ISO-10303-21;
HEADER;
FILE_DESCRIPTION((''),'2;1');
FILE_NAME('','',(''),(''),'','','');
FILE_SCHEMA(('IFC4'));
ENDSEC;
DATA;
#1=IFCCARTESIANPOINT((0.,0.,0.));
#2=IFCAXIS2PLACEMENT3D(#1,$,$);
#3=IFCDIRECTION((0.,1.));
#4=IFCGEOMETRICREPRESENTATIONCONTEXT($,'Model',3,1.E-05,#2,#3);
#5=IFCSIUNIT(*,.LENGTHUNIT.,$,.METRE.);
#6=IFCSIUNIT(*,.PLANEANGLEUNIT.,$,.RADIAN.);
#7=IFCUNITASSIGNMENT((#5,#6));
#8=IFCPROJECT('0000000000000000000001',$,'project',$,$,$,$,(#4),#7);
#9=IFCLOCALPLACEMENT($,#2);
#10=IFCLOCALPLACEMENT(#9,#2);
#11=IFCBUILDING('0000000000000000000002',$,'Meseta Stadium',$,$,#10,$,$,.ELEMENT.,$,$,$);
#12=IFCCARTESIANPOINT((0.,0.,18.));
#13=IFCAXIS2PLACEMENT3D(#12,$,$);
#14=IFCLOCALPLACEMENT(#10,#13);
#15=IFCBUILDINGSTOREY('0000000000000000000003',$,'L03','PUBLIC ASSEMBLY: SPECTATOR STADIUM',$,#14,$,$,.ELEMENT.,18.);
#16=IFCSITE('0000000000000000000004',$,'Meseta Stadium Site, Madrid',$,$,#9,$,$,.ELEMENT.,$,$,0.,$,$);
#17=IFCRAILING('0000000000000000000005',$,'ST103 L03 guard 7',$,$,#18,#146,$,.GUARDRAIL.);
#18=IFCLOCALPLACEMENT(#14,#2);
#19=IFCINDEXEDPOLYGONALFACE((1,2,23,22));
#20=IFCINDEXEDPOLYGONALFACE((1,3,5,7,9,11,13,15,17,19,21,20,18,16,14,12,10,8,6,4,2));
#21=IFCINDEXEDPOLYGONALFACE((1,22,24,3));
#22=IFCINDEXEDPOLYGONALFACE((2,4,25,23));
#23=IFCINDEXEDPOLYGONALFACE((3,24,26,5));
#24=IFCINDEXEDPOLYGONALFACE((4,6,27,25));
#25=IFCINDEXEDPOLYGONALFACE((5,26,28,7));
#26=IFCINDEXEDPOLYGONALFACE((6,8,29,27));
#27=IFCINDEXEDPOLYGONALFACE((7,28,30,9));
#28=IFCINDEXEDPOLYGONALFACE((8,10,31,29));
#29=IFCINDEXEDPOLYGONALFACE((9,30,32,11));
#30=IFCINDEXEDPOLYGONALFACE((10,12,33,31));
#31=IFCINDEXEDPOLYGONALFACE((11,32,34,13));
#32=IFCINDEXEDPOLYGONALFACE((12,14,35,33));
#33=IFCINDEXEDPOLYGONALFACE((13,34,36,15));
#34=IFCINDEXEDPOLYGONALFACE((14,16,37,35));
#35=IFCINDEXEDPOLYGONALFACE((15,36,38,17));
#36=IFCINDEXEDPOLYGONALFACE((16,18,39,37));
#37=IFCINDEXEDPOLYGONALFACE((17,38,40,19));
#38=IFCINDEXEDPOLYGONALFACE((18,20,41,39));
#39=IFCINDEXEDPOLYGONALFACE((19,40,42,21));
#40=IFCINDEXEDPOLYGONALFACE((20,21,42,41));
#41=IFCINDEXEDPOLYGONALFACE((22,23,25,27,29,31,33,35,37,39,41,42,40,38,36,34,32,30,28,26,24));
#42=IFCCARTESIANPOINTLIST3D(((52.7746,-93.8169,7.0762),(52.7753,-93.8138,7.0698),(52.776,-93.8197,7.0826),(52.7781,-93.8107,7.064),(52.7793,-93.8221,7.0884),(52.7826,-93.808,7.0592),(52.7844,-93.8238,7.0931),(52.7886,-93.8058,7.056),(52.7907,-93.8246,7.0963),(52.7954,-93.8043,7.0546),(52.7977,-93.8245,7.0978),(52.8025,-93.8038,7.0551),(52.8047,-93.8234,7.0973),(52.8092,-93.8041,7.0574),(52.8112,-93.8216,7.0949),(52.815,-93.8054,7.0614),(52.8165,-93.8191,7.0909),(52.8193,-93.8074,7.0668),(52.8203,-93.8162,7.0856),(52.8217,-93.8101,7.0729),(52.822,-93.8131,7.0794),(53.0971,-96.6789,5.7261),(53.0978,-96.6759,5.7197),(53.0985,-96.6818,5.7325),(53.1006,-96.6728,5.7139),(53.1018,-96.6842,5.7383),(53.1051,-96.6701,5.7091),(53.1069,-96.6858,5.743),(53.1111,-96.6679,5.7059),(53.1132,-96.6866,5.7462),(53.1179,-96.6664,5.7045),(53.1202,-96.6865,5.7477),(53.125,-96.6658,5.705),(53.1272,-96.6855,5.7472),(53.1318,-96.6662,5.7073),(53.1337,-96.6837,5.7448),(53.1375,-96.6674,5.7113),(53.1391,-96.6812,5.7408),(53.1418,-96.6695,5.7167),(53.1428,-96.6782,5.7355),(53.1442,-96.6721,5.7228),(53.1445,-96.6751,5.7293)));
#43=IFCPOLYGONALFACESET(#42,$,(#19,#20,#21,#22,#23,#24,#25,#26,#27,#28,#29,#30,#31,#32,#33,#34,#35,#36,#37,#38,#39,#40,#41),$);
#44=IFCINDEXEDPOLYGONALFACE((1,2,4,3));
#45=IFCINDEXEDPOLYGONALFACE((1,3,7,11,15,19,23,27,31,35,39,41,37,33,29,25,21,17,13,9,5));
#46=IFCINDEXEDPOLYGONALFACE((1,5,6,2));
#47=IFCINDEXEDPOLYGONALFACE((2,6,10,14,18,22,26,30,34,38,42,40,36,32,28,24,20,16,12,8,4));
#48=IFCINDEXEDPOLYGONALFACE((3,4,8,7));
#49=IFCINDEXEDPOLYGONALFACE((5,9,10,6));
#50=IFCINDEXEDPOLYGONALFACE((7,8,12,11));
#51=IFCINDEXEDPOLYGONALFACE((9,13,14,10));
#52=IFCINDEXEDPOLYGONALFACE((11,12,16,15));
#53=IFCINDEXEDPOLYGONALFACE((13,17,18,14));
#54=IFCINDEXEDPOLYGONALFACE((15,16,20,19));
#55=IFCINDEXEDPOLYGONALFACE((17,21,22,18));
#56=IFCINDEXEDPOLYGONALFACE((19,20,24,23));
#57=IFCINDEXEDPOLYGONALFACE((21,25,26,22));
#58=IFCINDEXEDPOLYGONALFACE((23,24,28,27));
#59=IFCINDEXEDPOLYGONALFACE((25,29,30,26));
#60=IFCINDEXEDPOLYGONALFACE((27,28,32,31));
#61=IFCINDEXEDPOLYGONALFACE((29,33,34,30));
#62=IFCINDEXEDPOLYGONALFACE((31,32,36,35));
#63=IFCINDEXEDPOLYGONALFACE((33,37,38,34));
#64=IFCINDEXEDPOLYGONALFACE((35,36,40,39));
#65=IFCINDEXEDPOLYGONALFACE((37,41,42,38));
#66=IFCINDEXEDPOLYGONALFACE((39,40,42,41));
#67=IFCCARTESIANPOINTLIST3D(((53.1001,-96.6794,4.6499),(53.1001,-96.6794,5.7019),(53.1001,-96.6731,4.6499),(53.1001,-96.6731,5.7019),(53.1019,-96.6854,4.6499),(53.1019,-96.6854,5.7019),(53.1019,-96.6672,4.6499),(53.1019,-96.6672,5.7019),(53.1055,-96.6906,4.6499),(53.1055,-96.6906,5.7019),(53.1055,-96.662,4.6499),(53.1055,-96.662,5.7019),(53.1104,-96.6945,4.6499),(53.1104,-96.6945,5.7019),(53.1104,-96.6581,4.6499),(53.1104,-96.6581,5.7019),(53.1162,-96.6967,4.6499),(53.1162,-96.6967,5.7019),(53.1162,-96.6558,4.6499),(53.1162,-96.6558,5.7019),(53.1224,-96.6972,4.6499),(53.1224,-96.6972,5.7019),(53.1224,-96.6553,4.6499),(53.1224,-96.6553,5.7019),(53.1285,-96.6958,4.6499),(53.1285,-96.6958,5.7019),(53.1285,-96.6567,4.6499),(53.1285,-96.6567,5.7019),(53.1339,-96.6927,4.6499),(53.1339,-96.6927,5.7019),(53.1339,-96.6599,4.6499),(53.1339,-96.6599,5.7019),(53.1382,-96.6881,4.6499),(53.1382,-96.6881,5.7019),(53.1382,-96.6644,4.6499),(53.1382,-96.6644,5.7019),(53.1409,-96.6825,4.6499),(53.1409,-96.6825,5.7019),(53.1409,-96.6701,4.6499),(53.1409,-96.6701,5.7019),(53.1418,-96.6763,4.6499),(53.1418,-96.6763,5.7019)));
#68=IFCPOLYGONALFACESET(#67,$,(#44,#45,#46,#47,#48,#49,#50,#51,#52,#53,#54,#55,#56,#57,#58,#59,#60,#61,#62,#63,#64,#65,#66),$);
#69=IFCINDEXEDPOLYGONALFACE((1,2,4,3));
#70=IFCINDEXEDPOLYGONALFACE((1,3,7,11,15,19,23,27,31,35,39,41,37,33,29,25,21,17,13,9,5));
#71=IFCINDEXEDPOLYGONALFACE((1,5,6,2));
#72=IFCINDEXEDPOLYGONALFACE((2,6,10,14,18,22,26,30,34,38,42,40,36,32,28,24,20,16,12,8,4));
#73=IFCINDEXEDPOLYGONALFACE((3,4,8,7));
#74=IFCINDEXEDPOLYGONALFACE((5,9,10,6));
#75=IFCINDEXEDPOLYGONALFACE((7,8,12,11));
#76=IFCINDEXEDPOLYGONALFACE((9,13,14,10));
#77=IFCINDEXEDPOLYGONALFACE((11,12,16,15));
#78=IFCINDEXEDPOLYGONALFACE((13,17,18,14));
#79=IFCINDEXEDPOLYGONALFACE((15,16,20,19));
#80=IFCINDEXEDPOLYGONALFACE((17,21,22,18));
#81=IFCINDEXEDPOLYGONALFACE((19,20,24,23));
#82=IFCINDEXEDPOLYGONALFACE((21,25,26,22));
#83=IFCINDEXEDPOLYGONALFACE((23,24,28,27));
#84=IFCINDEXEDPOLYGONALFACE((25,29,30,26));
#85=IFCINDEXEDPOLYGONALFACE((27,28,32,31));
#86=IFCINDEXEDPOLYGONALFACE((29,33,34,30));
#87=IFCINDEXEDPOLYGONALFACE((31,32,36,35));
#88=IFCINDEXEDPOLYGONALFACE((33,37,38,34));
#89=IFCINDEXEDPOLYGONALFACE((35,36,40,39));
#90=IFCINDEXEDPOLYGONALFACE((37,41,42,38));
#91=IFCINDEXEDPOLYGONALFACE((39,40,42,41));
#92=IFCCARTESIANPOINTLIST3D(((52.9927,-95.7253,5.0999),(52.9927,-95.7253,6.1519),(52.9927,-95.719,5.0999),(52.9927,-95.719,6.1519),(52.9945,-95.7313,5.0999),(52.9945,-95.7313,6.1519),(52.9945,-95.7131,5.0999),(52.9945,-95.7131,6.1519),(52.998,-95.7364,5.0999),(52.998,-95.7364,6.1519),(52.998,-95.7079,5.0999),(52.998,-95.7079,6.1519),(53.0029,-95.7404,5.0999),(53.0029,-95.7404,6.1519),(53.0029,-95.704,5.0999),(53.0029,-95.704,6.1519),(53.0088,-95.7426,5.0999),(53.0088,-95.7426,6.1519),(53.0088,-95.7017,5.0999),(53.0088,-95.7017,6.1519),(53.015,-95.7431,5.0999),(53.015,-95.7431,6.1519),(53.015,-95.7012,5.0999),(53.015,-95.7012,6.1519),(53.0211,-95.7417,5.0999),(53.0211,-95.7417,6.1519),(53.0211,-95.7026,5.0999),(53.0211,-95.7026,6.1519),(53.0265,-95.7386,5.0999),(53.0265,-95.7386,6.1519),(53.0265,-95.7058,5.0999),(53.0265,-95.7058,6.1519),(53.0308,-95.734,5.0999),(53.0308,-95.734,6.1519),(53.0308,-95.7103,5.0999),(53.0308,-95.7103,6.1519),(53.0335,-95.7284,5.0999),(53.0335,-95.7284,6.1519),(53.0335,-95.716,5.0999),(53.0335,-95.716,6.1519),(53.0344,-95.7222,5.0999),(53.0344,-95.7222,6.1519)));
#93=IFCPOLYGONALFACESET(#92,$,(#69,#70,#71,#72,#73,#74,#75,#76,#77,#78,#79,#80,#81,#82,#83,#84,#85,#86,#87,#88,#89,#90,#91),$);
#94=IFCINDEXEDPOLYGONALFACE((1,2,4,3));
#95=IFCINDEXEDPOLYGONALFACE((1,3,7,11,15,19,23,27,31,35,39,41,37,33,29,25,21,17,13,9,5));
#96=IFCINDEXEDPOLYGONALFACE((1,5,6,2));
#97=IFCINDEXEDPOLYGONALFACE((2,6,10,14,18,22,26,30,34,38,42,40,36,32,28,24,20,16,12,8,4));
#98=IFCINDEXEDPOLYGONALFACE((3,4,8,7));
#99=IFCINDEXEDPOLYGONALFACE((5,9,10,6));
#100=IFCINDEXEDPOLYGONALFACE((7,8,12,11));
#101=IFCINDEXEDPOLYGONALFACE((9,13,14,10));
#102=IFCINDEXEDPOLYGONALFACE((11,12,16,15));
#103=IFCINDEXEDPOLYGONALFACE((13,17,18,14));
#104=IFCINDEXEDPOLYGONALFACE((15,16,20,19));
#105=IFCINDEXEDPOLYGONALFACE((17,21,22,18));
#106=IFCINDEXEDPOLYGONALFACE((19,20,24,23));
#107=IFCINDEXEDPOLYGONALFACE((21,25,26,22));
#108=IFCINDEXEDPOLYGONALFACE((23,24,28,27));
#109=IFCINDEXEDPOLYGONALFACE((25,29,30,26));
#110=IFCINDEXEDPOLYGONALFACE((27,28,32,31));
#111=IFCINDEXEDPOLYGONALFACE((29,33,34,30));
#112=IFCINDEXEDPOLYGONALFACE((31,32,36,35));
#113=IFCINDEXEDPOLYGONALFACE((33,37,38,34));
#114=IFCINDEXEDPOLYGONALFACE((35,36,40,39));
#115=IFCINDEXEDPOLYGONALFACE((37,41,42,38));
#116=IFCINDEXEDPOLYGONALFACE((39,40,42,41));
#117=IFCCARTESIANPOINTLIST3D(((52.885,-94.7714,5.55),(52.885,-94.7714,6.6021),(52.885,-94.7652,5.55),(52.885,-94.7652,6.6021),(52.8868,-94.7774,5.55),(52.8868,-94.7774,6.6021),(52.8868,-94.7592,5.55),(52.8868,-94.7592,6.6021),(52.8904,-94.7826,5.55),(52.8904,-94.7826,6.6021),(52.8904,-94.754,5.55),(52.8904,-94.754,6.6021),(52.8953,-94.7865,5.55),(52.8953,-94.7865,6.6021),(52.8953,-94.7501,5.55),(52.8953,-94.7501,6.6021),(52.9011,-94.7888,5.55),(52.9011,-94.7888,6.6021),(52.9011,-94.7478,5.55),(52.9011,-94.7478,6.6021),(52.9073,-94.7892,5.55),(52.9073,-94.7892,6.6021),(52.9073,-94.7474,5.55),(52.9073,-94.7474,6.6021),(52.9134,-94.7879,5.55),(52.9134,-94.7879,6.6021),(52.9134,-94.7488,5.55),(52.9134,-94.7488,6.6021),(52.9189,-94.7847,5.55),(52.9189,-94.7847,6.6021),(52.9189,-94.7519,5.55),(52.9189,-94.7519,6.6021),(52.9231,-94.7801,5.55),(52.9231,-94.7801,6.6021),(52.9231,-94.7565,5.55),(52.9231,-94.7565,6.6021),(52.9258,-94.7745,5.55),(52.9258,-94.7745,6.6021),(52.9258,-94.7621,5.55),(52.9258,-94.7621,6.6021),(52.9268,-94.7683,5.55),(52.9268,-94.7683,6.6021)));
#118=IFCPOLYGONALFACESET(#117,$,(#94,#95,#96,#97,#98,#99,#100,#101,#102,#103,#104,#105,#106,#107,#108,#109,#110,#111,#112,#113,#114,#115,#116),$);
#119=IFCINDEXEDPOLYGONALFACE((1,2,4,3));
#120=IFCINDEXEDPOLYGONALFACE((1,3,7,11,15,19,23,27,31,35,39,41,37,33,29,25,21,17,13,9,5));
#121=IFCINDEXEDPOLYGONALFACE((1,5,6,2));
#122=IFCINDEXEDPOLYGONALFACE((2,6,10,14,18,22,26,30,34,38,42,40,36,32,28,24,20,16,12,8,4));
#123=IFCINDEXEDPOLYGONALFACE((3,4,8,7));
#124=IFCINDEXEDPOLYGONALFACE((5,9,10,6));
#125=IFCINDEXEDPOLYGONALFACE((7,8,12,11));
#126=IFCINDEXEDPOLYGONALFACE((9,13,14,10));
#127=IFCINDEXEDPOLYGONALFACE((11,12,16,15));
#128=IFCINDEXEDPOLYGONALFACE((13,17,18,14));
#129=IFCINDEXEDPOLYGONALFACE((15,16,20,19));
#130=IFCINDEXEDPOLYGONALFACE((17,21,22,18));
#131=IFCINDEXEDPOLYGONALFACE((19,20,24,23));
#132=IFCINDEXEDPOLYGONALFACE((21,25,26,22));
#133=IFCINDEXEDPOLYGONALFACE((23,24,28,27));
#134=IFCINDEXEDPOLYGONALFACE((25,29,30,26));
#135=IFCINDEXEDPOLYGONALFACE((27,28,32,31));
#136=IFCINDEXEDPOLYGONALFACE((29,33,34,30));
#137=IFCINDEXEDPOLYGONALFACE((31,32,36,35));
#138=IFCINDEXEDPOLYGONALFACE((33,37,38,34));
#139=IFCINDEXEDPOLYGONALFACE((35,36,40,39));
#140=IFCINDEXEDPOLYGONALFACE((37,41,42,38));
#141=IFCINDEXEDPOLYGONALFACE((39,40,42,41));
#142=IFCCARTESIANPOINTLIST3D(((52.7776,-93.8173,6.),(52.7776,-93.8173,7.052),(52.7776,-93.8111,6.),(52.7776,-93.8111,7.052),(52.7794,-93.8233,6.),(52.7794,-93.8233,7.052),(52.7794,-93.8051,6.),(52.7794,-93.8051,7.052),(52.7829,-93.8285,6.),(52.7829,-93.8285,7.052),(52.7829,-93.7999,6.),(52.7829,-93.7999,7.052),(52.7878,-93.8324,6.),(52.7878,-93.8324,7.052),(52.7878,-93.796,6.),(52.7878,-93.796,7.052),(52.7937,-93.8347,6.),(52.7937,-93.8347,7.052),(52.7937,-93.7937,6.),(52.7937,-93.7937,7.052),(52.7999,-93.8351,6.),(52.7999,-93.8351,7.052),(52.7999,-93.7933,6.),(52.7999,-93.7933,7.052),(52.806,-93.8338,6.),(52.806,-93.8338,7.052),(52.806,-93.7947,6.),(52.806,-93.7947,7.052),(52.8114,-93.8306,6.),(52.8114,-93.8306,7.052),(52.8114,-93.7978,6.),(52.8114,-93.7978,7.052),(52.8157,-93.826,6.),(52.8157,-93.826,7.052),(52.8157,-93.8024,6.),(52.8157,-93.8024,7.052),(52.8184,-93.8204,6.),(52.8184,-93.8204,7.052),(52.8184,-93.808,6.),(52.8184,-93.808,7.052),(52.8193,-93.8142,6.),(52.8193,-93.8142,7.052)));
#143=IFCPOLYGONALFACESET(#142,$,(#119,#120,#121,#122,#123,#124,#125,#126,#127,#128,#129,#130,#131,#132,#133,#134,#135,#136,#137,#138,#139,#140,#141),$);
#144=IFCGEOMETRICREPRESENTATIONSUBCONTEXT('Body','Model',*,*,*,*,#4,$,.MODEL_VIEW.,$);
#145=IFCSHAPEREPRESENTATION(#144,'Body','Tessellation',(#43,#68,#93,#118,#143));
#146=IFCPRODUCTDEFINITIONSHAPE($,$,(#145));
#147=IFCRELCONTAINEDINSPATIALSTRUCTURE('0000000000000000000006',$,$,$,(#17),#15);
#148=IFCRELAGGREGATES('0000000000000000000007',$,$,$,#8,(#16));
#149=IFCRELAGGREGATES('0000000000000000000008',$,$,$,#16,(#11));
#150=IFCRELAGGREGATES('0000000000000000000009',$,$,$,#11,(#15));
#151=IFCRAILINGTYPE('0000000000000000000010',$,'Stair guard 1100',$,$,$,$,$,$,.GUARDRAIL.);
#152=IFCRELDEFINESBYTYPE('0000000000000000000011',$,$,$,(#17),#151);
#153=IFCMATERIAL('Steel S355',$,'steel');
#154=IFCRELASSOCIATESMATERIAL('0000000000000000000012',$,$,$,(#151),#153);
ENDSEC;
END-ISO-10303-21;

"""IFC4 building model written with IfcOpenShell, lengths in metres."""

from ifc_helpers import new_model, si_unit, direction, frame, origin, origin_2d, place, context, subcontext, project, spatial, circle, extrude, material, type_object, element, save


model = new_model("IFC4")

# Units and contexts
model_context = context("Model", 3, precision=1e-05, world=origin(), true_north=direction((0.0, 1.0)))
body_context = subcontext(model_context, "Body", "Model", "MODEL_VIEW")
ifc_project = project(units=[si_unit("LENGTHUNIT", "METRE"), si_unit("PLANEANGLEUNIT", "RADIAN")], contexts=[model_context])

# Site, building, storey
site_placement = place(None, origin())
site = spatial("IfcSite", under=ifc_project, at=site_placement, Name="Meseta Stadium Site, Madrid", CompositionType="ELEMENT", RefElevation=0.0)
building_placement = place(site_placement, origin())
building = spatial("IfcBuilding", under=site, at=building_placement, Name="Meseta Stadium", CompositionType="ELEMENT")
storey_placement = place(building_placement, frame((0.0, 0.0, 18.0)))
storey = spatial("IfcBuildingStorey", under=building, at=storey_placement, Name="L03", Description="PUBLIC ASSEMBLY: SPECTATOR STADIUM", CompositionType="ELEMENT", Elevation=18.0)

# Railing
ifc_material_1 = material(Name="Steel S355", Category="steel")
railing_type_1 = type_object("IfcRailingType", Name="Stair guard 1100", PredefinedType="GUARDRAIL", material=ifc_material_1)
railing_1_placement = place(storey_placement, frame((53.1208, -96.6763, 4.6499)))
element("IfcRailing", 1, at=railing_1_placement, inside=storey, type_object=railing_type_1, Name="ST103 L03 guard 7", PredefinedType="GUARDRAIL", context=body_context, shape_type="SweptSolid", body=[
    extrude(circle(Radius=0.0239, at=origin_2d()), frame((0.0, 0.0, 1.0762), z_axis=(-0.101389, 0.899763, 0.424438), x_axis=(-0.993711, -0.111976, 0.0)), (0.0, 0.0, 1.0), 3.1809),
    extrude(circle(Radius=0.021, at=origin_2d()), origin(), (0.0, 0.0, 1.0), 1.052),
    extrude(circle(Radius=0.021, at=origin_2d()), frame((-0.1074, 0.9541, 0.45)), (0.0, 0.0, 1.0), 1.052),
    extrude(circle(Radius=0.021, at=origin_2d()), frame((-0.2151, 1.908, 0.9001)), (0.0, 0.0, 1.0), 1.052),
    extrude(circle(Radius=0.021, at=origin_2d()), frame((-0.3225, 2.8621, 1.3501)), (0.0, 0.0, 1.0), 1.052),
])

save(model, "model.ifc")
